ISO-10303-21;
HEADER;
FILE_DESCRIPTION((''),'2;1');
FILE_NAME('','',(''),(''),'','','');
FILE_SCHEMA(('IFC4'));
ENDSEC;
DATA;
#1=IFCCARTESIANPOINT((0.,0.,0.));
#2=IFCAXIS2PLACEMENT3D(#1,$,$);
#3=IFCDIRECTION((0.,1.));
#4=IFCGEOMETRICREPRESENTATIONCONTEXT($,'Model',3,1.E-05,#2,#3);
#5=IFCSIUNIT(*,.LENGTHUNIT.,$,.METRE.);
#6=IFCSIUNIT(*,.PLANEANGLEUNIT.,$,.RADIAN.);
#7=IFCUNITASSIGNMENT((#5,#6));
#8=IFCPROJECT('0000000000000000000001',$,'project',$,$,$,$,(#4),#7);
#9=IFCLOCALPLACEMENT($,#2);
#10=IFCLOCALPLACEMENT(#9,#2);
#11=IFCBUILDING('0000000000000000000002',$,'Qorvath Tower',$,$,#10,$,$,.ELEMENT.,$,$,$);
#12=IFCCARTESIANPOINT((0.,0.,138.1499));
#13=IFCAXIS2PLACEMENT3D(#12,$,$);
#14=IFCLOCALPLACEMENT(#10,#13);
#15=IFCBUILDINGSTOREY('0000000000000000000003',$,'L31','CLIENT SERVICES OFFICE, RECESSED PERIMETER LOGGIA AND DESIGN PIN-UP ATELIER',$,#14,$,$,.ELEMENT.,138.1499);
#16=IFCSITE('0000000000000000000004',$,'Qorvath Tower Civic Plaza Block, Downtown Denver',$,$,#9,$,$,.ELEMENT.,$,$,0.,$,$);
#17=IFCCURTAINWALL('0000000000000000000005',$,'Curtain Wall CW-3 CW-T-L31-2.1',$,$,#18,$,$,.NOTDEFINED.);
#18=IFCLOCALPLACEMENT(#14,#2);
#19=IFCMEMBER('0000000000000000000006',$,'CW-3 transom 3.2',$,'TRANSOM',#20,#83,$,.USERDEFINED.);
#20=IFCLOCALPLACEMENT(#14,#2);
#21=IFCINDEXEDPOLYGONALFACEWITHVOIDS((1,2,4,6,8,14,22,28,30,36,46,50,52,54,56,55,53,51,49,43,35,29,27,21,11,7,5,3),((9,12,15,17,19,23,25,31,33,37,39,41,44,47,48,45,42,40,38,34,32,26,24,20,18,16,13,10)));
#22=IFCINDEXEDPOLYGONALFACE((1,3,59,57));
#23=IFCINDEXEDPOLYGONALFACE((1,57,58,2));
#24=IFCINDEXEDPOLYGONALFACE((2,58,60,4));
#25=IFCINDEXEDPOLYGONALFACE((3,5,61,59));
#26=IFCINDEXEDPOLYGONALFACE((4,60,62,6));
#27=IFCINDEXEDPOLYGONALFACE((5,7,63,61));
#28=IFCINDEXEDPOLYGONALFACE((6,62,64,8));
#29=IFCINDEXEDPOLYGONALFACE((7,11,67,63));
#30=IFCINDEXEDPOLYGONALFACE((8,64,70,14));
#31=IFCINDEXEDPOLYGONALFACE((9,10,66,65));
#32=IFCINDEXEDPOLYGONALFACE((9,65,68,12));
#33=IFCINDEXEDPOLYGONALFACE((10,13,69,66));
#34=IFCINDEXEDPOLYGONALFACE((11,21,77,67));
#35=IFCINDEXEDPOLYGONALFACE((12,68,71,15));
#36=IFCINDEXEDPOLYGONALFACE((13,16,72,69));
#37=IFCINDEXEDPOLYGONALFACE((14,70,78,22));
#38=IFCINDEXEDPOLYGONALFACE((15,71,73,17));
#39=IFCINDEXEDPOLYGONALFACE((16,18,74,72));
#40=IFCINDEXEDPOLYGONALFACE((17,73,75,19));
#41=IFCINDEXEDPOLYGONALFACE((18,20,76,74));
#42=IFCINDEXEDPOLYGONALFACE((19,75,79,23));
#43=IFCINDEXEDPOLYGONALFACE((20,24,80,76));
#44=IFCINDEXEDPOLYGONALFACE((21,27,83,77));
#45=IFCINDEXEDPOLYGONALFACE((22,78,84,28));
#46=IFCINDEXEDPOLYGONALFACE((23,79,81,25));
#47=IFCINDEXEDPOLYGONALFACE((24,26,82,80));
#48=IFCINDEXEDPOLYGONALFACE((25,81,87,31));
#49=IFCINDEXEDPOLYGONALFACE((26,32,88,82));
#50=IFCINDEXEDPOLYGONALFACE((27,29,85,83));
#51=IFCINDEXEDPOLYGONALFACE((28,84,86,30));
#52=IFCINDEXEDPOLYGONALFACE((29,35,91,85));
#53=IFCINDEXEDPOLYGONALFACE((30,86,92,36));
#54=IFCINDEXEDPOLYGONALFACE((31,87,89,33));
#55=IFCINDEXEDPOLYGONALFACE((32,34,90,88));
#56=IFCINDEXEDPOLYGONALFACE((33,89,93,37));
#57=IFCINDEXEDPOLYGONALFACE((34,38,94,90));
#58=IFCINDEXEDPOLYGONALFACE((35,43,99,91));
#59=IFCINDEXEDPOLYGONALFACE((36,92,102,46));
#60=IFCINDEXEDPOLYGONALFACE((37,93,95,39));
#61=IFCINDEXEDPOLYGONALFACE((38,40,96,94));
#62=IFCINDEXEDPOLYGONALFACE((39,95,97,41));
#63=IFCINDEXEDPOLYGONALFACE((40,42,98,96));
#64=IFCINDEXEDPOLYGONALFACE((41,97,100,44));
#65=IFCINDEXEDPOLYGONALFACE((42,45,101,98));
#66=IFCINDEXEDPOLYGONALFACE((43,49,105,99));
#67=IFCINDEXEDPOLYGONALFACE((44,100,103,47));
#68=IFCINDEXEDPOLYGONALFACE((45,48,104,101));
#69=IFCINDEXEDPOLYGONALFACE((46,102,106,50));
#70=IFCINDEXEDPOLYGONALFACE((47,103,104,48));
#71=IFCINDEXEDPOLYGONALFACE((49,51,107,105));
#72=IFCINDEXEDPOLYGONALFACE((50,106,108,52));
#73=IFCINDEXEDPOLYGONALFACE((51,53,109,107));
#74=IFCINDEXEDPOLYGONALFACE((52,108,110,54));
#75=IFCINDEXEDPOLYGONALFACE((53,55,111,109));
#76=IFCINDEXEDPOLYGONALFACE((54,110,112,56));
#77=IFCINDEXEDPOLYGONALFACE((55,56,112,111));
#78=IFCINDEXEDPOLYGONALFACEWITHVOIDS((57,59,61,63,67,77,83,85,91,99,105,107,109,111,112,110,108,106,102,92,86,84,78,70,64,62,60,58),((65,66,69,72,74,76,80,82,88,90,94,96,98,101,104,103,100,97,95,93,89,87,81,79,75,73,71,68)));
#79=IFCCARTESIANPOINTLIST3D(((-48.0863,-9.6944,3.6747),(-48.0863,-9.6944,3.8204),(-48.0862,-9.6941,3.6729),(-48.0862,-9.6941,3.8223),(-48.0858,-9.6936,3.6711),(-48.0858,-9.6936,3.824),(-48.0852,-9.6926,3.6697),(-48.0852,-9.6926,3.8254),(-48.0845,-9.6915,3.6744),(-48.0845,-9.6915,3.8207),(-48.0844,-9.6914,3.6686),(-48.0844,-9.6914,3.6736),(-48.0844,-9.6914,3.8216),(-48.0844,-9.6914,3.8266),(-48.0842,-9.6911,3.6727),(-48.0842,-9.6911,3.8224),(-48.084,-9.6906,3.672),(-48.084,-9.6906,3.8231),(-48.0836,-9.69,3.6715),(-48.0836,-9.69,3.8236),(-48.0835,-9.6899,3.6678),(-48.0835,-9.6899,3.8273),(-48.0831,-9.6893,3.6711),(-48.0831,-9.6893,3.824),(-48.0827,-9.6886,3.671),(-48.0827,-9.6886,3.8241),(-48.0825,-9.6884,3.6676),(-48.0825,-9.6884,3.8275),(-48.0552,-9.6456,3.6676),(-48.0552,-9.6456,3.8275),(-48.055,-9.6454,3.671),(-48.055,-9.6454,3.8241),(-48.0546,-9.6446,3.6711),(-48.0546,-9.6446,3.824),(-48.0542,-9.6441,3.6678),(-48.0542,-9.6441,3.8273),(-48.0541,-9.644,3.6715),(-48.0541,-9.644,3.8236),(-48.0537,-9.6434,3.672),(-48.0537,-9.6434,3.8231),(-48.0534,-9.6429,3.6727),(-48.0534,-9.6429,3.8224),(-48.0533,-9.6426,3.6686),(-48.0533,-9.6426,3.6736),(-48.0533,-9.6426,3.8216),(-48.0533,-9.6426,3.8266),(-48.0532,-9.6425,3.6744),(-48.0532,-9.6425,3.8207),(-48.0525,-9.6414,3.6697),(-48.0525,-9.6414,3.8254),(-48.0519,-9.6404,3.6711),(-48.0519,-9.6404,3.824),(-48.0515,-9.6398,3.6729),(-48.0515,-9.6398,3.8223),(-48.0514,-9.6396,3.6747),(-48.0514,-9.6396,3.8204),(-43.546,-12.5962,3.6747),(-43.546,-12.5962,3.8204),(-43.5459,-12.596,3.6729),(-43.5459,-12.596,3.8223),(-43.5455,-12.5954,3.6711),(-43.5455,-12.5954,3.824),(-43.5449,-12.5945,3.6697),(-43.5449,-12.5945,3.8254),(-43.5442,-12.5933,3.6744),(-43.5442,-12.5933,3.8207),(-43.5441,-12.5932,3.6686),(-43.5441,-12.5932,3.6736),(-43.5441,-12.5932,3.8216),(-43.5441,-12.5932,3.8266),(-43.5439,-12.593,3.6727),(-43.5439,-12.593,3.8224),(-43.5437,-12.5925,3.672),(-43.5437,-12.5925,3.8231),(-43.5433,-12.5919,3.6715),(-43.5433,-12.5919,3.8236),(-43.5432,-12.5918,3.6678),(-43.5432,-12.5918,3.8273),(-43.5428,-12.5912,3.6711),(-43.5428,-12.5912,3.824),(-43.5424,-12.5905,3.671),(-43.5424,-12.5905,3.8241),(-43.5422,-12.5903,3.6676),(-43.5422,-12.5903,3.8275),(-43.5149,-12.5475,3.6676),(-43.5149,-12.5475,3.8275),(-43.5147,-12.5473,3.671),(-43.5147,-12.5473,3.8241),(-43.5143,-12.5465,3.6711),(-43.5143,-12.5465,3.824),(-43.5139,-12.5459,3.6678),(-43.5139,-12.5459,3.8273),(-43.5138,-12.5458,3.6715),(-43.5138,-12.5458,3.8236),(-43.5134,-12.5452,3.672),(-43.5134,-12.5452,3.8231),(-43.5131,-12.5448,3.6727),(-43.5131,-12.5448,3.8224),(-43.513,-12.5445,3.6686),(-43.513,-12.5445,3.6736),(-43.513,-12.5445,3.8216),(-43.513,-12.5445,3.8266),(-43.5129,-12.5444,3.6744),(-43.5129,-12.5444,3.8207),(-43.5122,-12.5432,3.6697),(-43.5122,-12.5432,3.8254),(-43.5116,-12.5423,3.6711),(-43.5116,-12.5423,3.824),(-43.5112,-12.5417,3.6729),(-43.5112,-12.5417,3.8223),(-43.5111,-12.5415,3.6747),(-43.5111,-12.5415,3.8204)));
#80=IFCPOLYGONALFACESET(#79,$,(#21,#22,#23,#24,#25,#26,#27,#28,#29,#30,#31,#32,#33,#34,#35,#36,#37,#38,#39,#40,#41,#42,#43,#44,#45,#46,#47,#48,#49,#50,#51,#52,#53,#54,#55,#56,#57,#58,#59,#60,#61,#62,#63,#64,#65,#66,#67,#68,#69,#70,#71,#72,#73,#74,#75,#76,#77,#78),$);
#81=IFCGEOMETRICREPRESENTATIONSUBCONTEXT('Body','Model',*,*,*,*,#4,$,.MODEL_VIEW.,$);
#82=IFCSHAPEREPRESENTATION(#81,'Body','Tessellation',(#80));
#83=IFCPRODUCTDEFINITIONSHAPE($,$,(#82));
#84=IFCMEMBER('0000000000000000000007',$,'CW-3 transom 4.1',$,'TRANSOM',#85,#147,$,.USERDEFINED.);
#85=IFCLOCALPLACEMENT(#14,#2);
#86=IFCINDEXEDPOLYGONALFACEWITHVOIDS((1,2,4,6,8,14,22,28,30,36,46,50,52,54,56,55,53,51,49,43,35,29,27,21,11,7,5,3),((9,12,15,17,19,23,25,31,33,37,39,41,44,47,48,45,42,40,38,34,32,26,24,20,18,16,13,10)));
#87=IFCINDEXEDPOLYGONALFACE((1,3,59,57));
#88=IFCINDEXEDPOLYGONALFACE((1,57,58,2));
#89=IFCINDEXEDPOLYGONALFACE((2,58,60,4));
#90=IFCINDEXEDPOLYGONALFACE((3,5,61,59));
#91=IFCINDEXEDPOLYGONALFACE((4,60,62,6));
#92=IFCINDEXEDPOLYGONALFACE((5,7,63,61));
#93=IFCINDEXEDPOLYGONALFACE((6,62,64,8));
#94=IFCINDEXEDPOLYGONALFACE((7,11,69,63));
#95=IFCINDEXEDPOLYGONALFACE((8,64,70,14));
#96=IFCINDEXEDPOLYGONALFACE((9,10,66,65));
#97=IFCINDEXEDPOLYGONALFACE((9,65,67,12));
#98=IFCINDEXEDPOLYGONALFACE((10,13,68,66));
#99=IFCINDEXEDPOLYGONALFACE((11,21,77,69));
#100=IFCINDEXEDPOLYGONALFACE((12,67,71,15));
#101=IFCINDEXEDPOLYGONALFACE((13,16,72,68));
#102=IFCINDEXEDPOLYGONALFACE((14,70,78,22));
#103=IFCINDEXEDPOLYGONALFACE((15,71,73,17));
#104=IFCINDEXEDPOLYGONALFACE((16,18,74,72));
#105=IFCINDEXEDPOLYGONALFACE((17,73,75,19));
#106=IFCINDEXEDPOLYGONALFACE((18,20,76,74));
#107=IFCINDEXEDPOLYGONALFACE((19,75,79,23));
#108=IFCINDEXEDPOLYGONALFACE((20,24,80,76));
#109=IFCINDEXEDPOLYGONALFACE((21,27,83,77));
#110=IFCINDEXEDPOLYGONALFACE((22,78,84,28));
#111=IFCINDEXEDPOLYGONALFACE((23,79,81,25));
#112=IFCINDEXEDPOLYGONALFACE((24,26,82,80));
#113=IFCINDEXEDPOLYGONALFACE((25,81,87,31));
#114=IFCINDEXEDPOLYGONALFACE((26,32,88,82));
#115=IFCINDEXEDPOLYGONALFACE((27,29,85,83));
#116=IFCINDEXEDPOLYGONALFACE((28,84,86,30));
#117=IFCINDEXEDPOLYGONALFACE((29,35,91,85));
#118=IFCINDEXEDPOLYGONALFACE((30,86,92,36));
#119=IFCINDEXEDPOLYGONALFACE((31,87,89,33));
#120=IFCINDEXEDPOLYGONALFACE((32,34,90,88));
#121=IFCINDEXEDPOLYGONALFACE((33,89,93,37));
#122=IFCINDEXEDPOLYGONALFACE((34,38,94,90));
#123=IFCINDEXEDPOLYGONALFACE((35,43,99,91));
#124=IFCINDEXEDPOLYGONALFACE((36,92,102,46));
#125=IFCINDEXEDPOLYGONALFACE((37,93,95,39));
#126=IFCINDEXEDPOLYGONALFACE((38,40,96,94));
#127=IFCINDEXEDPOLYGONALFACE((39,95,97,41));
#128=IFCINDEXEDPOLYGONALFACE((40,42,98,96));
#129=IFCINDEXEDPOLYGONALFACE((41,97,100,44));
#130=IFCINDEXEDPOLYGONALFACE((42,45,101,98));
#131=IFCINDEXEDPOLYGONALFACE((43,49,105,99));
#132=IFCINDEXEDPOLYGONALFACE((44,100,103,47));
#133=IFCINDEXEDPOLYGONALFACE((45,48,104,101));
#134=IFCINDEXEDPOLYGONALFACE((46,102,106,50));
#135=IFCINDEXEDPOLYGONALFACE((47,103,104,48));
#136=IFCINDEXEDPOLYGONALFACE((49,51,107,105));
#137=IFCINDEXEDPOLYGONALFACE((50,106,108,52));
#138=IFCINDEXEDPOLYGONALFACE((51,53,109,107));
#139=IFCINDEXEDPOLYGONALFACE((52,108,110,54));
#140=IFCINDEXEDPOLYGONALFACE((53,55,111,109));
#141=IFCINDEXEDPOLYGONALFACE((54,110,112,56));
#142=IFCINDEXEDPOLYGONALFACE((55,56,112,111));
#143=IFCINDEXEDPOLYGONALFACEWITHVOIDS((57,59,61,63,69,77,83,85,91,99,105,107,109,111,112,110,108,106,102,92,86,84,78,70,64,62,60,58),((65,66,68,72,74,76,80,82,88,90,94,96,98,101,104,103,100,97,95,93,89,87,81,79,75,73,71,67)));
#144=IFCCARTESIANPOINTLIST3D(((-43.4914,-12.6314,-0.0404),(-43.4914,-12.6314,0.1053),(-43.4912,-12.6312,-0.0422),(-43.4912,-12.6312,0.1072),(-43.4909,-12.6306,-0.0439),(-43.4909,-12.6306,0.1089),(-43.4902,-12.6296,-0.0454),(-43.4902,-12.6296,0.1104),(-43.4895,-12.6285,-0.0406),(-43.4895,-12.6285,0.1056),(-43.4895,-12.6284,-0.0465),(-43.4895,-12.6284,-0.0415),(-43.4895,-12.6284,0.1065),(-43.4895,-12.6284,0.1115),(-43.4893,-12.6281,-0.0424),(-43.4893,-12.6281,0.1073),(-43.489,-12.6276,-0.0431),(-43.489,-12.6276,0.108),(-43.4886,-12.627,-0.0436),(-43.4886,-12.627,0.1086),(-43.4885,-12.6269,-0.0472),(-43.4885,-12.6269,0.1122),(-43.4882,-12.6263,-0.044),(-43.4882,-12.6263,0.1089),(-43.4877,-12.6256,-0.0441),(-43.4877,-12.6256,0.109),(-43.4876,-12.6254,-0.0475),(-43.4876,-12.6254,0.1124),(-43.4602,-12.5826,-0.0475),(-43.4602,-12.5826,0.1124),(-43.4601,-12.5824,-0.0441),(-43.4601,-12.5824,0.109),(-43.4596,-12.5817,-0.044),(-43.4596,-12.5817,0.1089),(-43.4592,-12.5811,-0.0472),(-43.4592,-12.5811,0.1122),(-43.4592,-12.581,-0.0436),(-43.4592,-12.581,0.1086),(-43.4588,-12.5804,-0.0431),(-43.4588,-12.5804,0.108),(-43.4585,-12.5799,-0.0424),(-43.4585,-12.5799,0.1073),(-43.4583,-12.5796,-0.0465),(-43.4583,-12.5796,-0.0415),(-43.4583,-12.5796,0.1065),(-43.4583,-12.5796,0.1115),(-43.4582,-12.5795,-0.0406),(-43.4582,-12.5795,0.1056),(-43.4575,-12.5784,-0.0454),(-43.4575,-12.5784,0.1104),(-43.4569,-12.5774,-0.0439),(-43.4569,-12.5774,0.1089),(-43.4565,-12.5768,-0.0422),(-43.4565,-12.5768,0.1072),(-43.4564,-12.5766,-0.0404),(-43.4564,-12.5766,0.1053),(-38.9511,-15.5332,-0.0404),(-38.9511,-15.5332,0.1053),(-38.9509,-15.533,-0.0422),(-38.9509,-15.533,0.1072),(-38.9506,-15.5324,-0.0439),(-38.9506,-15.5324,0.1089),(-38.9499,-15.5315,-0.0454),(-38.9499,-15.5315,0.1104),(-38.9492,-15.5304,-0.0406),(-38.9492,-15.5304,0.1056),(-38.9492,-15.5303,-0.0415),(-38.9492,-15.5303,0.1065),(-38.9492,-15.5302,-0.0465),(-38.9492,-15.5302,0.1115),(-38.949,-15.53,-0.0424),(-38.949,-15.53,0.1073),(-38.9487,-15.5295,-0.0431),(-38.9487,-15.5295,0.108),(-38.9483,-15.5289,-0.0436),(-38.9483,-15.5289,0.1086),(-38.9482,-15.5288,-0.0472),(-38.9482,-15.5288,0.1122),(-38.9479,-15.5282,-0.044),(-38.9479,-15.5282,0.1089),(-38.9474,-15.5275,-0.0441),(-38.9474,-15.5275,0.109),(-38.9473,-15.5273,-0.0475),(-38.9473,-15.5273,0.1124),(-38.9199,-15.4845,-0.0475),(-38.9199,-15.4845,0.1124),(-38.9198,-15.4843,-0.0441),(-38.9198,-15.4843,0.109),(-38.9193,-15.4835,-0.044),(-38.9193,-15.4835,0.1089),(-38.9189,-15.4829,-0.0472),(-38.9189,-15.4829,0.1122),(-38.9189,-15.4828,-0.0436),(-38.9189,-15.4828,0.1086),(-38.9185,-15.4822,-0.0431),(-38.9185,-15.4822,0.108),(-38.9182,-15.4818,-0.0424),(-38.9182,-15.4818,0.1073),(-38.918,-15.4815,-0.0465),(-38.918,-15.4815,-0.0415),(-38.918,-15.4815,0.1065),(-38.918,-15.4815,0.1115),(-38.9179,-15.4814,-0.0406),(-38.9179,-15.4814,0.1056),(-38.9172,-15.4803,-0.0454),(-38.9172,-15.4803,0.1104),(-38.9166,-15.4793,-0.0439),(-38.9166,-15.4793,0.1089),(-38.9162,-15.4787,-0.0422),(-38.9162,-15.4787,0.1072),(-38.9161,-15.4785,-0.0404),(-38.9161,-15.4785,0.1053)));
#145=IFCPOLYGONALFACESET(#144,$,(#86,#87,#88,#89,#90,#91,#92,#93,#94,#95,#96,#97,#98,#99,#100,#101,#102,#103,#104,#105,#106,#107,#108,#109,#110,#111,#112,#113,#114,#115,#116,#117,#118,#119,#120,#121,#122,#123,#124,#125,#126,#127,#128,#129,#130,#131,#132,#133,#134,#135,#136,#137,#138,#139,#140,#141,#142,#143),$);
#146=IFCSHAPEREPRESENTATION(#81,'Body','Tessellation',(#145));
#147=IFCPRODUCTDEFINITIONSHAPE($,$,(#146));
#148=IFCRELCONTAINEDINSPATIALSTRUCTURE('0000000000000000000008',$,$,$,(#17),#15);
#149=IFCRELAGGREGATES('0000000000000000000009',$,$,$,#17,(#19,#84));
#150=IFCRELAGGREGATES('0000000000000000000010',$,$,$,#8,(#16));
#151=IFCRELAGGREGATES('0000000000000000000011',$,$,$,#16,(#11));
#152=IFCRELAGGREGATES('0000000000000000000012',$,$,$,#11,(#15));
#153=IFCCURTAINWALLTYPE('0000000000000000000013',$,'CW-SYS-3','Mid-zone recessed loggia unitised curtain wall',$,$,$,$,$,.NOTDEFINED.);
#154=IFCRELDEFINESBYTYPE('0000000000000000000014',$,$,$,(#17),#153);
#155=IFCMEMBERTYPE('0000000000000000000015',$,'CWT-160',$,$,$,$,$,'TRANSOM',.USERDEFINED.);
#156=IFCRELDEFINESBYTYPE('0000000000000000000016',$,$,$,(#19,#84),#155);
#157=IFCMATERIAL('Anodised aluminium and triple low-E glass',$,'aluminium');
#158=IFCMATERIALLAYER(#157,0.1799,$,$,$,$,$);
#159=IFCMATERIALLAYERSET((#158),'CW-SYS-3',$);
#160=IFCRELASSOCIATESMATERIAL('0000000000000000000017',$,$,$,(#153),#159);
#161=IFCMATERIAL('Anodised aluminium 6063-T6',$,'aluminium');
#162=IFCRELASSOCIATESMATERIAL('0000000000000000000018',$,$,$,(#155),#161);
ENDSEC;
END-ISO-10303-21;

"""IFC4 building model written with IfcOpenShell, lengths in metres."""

from ifc_helpers import new_model, si_unit, direction, frame, origin, origin_2d, place, context, subcontext, project, spatial, hollow_rectangle, extrude, material, layer, layer_set, material_profile, profile_set, type_object, element, aggregate, save


model = new_model("IFC4")

# Units and contexts
model_context = context("Model", 3, precision=1e-05, world=origin(), true_north=direction((0.0, 1.0)))
body_context = subcontext(model_context, "Body", "Model", "MODEL_VIEW")
ifc_project = project(units=[si_unit("LENGTHUNIT", "METRE"), si_unit("PLANEANGLEUNIT", "RADIAN")], contexts=[model_context])

# Site, building, storey
site_placement = place(None, origin())
site = spatial("IfcSite", under=ifc_project, at=site_placement, Name="Qorvath Tower Civic Plaza Block, Downtown Denver", CompositionType="ELEMENT", RefElevation=0.0)
building_placement = place(site_placement, origin())
building = spatial("IfcBuilding", under=site, at=building_placement, Name="Qorvath Tower", CompositionType="ELEMENT")
storey_placement = place(building_placement, frame((0.0, 0.0, 138.1499)))
storey = spatial("IfcBuildingStorey", under=building, at=storey_placement, Name="L31", Description="CLIENT SERVICES OFFICE, RECESSED PERIMETER LOGGIA AND DESIGN PIN-UP ATELIER", CompositionType="ELEMENT", Elevation=138.1499)

# Curtain wall, members
ifc_material_1 = material(Name="Anodised aluminium and triple low-E glass", Category="aluminium")
ifc_layer_1 = layer(ifc_material_1, 0.1799)
ifc_layer_set_1 = layer_set([ifc_layer_1], Name="CW-SYS-3")
curtain_wall_type = type_object("IfcCurtainWallType", Name="CW-SYS-3", Description="Mid-zone recessed loggia unitised curtain wall", PredefinedType="NOTDEFINED", material=ifc_layer_set_1)
curtain_wall_placement = place(storey_placement, origin())
curtain_wall = element("IfcCurtainWall", 1, at=curtain_wall_placement, inside=storey, type_object=curtain_wall_type, Name="Curtain Wall CW-3 CW-T-L31-2.1", PredefinedType="NOTDEFINED")
ifc_material_2 = material(Name="Anodised aluminium 6063-T6", Category="aluminium")
ifc_material_profile_1 = material_profile(ifc_material_2, hollow_rectangle(XDim=0.0649, YDim=0.1599, WallThickness=0.0034, InnerFilletRadius=0.0034, OuterFilletRadius=0.0071, at=origin_2d()), Name="CWT 160x65")
ifc_profile_set_1 = profile_set([ifc_material_profile_1], Name="Anodised aluminium 6063-T6")
member_type_1 = type_object("IfcMemberType", Name="CWT-160", ElementType="TRANSOM", PredefinedType="USERDEFINED", material=ifc_profile_set_1)
member_1_placement = place(storey_placement, frame((-48.0688, -9.667, 3.7476), z_axis=(0.842602, -0.538537, 0.0), x_axis=(0.538537, 0.842602, 0.0)))
member_1 = element("IfcMember", 2, at=member_1_placement, type_object=member_type_1, Name="CW-3 transom 3.2", ObjectType="TRANSOM", PredefinedType="USERDEFINED", context=body_context, shape_type="SweptSolid", body=[
    extrude(hollow_rectangle(XDim=0.0649, YDim=0.1599, WallThickness=0.0034, InnerFilletRadius=0.0034, OuterFilletRadius=0.0071, at=origin_2d()), origin(), (0.0, 0.0, 1.0), 5.3884),
])
member_2_placement = place(storey_placement, frame((-43.4739, -12.604, 0.0325), z_axis=(0.842602, -0.538537, 0.0), x_axis=(0.538537, 0.842602, 0.0)))
member_2 = element("IfcMember", 3, at=member_2_placement, type_object=member_type_1, Name="CW-3 transom 4.1", ObjectType="TRANSOM", PredefinedType="USERDEFINED", context=body_context, shape_type="SweptSolid", body=[
    extrude(hollow_rectangle(XDim=0.0649, YDim=0.1599, WallThickness=0.0034, InnerFilletRadius=0.0034, OuterFilletRadius=0.0071, at=origin_2d()), origin(), (0.0, 0.0, 1.0), 5.3884),
])

aggregate(curtain_wall, [member_1, member_2])

save(model, "model.ifc")
